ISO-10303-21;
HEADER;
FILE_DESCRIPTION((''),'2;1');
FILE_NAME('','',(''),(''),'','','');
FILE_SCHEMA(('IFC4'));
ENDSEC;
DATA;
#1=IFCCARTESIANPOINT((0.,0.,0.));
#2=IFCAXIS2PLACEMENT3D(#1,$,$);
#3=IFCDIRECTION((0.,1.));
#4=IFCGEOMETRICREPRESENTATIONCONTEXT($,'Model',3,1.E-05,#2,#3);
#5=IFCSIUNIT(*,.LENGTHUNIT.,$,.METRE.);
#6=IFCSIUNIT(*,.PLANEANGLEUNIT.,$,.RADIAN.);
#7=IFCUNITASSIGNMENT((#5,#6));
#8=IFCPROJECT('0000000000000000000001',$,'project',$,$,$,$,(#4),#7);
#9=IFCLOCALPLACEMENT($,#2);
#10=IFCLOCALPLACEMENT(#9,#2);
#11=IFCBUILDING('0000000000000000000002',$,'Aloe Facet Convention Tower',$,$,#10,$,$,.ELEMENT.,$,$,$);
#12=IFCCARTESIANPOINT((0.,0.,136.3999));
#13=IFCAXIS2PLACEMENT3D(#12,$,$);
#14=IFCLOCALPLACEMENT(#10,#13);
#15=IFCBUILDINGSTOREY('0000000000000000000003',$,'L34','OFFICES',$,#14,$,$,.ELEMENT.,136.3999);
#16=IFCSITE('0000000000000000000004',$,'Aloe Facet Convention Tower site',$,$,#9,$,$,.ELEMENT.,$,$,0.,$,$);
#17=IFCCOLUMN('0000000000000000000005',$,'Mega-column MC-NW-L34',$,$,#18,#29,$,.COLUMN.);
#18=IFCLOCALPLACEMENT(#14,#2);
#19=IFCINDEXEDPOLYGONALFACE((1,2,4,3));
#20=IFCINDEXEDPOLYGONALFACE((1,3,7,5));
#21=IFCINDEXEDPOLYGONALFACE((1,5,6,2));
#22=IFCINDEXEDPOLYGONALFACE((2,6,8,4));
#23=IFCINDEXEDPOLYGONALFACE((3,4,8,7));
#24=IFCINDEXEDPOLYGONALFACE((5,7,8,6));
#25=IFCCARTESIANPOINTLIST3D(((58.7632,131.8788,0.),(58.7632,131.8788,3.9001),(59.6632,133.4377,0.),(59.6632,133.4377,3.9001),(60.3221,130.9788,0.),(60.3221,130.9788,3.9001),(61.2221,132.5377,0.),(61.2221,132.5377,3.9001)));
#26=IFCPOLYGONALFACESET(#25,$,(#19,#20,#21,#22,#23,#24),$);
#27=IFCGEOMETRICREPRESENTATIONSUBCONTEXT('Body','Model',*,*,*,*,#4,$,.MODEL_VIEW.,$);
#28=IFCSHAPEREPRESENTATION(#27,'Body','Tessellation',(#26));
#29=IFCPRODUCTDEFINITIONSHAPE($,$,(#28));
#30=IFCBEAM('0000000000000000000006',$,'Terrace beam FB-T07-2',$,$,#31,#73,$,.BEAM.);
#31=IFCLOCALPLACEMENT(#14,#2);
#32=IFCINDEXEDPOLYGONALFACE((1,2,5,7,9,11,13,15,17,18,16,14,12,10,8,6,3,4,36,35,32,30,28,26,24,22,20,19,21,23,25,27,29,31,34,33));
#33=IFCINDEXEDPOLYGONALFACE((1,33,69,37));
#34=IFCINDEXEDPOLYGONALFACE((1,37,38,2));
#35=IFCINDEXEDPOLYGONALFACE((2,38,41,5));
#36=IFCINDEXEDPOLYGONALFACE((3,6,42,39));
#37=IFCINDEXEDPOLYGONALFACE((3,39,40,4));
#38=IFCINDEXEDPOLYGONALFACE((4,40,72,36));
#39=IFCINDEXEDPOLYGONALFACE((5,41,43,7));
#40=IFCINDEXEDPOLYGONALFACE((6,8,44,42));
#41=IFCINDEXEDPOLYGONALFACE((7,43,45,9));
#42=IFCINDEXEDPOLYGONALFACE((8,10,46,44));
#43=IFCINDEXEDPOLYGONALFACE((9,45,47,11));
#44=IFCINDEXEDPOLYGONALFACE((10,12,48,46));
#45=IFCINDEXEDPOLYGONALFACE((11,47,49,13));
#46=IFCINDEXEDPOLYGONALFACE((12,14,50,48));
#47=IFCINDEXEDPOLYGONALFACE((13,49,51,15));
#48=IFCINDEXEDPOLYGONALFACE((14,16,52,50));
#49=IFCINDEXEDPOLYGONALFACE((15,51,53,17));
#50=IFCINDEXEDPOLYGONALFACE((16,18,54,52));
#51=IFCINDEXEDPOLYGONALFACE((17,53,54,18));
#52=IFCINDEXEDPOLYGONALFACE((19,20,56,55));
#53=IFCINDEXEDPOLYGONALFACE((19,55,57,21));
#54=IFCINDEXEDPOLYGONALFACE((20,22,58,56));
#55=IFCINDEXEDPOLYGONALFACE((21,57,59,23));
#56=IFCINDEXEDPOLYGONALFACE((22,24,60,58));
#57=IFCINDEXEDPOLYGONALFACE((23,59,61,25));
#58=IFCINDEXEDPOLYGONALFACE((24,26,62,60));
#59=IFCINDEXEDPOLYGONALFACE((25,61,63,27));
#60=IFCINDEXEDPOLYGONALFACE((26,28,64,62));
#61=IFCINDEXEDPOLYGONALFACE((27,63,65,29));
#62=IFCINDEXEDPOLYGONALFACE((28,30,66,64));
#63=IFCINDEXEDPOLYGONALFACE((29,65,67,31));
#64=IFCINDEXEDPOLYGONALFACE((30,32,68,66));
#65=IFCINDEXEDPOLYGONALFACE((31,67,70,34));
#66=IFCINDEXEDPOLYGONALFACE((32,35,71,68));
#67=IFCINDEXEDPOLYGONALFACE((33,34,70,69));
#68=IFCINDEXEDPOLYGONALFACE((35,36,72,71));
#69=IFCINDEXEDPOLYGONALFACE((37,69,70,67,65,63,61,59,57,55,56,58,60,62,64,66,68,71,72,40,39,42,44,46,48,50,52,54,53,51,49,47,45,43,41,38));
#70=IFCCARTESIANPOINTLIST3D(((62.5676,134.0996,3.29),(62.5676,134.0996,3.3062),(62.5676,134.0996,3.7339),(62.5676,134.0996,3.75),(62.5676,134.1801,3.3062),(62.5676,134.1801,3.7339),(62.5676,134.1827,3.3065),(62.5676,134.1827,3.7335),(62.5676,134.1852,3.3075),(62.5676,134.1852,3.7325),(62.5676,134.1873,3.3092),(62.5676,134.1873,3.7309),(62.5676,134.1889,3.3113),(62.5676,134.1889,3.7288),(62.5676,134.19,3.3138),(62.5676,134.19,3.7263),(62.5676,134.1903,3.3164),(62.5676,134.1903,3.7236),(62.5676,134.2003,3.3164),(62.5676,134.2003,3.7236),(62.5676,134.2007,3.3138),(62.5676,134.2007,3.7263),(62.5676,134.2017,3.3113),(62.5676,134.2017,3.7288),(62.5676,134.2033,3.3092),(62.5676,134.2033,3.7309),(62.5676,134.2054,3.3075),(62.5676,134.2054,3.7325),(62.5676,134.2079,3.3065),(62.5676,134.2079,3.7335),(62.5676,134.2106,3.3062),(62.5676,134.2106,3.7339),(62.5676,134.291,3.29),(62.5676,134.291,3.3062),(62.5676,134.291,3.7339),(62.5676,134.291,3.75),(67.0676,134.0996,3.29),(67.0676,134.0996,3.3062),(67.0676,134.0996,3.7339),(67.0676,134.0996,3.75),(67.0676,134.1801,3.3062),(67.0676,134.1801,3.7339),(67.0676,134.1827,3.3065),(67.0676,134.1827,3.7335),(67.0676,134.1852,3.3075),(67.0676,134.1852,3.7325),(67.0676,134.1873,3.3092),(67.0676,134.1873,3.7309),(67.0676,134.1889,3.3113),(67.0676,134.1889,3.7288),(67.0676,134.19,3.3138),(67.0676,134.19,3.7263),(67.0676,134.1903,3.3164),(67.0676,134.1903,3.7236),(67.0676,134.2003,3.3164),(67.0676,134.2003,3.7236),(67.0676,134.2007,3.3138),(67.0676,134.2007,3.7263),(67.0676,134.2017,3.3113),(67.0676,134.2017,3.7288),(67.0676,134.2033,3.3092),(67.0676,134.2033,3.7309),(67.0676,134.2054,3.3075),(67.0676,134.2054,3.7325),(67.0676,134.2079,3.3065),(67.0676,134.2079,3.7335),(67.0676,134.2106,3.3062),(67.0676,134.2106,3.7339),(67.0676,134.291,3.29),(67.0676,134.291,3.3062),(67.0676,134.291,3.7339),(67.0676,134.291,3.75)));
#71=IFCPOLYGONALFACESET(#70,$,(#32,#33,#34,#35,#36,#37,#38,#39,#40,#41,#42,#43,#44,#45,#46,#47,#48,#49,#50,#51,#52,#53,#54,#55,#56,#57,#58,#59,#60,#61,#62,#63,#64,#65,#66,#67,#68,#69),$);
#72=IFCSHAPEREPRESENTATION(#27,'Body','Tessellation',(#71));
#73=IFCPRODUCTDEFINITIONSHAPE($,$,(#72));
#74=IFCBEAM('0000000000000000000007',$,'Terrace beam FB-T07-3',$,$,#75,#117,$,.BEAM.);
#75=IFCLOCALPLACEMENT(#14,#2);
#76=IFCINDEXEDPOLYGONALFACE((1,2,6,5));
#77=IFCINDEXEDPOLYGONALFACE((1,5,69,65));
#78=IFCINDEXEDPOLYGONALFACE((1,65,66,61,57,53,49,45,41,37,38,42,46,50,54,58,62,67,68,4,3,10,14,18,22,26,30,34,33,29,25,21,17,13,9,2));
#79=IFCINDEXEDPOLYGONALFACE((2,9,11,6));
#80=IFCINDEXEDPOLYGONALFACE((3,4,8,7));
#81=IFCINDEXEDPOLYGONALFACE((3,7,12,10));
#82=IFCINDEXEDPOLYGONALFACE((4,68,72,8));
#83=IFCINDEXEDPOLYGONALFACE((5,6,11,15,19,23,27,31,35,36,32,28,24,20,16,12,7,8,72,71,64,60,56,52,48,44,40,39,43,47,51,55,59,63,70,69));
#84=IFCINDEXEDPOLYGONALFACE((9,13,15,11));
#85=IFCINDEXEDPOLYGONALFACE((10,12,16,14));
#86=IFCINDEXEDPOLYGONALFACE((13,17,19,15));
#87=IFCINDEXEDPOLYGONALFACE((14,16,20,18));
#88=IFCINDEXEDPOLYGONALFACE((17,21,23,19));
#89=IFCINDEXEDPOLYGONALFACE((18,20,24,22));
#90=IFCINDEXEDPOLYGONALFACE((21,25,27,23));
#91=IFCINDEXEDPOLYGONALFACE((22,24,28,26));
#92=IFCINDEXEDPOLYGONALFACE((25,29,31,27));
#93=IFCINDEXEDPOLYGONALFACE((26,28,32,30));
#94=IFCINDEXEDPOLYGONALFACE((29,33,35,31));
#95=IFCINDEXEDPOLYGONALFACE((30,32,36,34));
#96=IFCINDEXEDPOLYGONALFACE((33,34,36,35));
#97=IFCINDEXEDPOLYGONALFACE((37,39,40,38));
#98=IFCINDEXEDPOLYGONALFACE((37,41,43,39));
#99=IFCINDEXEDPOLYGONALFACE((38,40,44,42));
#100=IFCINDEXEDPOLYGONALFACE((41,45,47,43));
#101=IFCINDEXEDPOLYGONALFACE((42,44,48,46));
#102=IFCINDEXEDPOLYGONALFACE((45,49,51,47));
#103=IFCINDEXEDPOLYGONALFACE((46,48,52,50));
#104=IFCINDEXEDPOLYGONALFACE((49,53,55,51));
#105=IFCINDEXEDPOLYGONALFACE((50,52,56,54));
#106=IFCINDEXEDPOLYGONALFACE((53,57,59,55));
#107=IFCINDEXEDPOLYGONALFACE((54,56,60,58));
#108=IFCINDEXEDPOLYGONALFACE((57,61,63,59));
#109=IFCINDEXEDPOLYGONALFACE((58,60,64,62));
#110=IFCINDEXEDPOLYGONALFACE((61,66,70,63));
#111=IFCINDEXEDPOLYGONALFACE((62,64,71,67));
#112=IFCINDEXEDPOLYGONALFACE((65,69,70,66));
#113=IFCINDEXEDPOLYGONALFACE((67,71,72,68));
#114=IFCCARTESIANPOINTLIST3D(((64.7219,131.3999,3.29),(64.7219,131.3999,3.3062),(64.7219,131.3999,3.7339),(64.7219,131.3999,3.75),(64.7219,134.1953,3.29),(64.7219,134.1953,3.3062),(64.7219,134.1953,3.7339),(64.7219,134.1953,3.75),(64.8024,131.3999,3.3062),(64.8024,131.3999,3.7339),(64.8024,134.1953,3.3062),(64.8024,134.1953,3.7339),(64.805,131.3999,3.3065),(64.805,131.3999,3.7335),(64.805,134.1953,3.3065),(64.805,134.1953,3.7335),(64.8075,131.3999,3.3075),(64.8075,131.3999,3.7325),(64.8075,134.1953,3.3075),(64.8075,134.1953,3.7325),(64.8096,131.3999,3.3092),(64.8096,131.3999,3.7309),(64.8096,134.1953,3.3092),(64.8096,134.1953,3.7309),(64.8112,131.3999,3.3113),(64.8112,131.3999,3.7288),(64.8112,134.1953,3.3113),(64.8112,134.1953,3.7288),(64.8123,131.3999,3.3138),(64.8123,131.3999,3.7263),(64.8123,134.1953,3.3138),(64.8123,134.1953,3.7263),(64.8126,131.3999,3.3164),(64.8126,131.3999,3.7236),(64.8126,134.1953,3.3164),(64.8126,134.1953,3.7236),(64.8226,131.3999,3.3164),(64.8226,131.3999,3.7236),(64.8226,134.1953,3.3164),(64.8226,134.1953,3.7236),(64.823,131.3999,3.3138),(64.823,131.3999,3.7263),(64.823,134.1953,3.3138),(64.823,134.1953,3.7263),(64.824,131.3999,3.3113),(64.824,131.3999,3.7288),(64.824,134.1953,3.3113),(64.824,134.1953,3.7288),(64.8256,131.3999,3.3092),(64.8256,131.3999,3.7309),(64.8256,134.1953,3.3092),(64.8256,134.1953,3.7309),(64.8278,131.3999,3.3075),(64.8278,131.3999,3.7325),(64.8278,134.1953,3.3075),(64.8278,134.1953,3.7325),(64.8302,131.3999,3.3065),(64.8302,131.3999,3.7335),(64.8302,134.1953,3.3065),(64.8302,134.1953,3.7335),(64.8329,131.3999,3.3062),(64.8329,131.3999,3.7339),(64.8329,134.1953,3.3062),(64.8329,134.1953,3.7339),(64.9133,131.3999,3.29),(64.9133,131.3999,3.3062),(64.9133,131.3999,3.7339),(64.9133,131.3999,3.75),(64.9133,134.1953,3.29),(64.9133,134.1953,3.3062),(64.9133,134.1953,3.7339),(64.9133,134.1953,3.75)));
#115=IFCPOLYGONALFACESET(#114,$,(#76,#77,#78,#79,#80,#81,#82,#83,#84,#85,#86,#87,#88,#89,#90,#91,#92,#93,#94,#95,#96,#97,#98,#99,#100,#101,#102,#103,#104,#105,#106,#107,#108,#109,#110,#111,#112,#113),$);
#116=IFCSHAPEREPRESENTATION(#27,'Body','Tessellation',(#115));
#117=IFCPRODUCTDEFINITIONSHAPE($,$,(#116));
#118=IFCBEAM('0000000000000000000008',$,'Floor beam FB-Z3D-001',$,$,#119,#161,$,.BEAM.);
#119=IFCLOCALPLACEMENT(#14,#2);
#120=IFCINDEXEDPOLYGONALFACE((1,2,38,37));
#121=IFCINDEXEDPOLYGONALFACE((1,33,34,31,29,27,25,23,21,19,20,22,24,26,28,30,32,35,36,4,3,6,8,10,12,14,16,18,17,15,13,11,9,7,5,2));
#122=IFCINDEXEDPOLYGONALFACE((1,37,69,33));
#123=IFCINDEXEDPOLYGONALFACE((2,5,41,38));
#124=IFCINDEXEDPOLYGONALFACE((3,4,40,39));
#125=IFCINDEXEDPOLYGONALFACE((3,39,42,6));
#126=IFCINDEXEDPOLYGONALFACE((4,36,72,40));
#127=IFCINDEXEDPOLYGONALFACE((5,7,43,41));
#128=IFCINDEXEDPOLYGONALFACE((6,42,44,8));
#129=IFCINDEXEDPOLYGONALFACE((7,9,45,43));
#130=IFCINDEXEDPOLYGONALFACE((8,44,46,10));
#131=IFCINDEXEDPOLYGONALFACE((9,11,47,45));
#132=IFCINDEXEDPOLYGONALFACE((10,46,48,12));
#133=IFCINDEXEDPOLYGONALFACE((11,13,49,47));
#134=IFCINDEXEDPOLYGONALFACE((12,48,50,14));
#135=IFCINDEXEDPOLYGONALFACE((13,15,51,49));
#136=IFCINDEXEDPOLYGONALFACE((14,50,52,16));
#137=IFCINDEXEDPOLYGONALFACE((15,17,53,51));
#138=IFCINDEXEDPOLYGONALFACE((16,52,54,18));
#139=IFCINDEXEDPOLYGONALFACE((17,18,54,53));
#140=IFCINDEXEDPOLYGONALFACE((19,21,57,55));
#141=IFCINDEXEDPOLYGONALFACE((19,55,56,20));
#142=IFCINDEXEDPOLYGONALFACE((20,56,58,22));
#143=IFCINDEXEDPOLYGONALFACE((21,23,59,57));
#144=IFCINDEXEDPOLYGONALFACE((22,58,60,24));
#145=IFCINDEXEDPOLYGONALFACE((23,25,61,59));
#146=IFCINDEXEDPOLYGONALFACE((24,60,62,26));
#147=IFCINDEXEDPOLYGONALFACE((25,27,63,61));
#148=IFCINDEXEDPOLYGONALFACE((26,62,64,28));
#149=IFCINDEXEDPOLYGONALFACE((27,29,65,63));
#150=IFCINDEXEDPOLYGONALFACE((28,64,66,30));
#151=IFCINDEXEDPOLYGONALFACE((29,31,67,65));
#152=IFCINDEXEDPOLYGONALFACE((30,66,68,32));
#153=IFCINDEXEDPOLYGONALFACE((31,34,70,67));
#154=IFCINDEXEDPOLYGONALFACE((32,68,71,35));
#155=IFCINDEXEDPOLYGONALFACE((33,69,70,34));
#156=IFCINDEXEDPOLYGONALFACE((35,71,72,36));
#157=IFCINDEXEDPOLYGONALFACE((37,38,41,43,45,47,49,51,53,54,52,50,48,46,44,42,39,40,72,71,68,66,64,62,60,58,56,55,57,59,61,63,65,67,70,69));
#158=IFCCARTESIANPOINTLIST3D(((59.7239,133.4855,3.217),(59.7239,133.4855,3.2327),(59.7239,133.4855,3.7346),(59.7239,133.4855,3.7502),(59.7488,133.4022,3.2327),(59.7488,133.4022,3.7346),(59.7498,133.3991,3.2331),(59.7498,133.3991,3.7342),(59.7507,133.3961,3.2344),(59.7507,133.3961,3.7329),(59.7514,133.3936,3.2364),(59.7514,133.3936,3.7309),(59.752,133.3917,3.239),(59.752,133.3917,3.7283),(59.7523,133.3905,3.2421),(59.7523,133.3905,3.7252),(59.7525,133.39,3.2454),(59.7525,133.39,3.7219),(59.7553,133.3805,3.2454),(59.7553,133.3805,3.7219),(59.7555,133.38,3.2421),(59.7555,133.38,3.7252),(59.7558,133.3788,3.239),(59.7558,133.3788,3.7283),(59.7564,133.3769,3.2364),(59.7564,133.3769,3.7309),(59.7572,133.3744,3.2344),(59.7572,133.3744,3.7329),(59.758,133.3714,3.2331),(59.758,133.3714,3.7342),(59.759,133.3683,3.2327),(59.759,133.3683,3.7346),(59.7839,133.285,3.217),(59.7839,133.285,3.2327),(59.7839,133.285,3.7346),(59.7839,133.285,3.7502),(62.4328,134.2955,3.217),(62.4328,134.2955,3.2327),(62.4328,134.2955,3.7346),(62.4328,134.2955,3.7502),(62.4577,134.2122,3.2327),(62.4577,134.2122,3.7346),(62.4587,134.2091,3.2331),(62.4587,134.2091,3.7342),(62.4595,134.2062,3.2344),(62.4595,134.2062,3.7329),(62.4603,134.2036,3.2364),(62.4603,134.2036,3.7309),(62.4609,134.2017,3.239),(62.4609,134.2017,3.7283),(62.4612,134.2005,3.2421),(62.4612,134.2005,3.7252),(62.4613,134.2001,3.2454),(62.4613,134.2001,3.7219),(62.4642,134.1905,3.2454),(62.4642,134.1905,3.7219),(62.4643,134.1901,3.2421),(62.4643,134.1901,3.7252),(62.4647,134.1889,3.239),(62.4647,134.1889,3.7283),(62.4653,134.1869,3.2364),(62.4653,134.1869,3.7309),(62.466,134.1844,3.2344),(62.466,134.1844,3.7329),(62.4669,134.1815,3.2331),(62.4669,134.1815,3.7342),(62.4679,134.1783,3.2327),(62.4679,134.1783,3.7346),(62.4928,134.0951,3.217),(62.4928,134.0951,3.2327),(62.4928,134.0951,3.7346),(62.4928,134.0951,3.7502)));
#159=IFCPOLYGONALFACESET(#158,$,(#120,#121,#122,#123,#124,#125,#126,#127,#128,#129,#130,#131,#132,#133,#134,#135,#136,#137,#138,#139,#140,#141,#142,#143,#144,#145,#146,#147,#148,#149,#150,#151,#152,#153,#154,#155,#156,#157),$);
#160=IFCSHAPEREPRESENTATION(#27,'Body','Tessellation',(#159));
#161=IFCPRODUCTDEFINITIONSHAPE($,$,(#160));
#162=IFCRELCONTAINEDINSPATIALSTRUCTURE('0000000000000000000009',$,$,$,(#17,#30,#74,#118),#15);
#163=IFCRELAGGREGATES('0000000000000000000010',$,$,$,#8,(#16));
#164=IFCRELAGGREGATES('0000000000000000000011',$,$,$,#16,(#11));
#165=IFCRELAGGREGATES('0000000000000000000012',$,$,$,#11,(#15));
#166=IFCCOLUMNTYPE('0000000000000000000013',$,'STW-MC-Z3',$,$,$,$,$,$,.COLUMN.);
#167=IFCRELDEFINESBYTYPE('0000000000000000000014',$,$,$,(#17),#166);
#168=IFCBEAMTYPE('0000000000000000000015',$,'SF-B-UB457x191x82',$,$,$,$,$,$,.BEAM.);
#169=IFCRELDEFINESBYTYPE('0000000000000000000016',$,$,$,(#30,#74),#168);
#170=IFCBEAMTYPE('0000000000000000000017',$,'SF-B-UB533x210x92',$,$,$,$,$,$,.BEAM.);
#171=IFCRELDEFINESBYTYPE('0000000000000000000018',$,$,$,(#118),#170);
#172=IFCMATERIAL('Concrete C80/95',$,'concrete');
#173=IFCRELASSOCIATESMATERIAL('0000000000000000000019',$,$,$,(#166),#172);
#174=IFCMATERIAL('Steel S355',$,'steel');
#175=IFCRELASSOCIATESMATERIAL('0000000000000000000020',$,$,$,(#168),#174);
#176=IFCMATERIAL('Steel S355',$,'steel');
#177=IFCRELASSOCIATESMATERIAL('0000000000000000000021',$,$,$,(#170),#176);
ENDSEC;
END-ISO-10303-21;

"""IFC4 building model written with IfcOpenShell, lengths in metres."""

from ifc_helpers import new_model, si_unit, direction, frame, origin, origin_2d, place, context, subcontext, project, spatial, rectangle, i_section, extrude, material, material_profile, profile_set, type_object, element, save


model = new_model("IFC4")

# Units and contexts
model_context = context("Model", 3, precision=1e-05, world=origin(), true_north=direction((0.0, 1.0)))
body_context = subcontext(model_context, "Body", "Model", "MODEL_VIEW")
ifc_project = project(units=[si_unit("LENGTHUNIT", "METRE"), si_unit("PLANEANGLEUNIT", "RADIAN")], contexts=[model_context])

# Site, building, storey
site_placement = place(None, origin())
site = spatial("IfcSite", under=ifc_project, at=site_placement, Name="Aloe Facet Convention Tower site", CompositionType="ELEMENT", RefElevation=0.0)
building_placement = place(site_placement, origin())
building = spatial("IfcBuilding", under=site, at=building_placement, Name="Aloe Facet Convention Tower", CompositionType="ELEMENT")
storey_placement = place(building_placement, frame((0.0, 0.0, 136.3999)))
storey = spatial("IfcBuildingStorey", under=building, at=storey_placement, Name="L34", Description="OFFICES", CompositionType="ELEMENT", Elevation=136.3999)

# Column
ifc_material_1 = material(Name="Concrete C80/95", Category="concrete")
ifc_material_profile_1 = material_profile(ifc_material_1, rectangle(XDim=1.8, YDim=1.8, at=origin_2d()), Name="STW-MC-Z3")
ifc_profile_set_1 = profile_set([ifc_material_profile_1], Name="Concrete C80/95")
column_type = type_object("IfcColumnType", Name="STW-MC-Z3", PredefinedType="COLUMN", material=ifc_profile_set_1)
column_placement = place(storey_placement, frame((59.9927, 132.2083, 0.0), z_axis=(0.0, 0.0, 1.0), x_axis=(-0.5, -0.866025, 0.0)))
element("IfcColumn", 1, at=column_placement, inside=storey, type_object=column_type, Name="Mega-column MC-NW-L34", PredefinedType="COLUMN", context=body_context, shape_type="SweptSolid", body=[
    extrude(rectangle(XDim=1.8, YDim=1.8, at=origin_2d()), origin(), (0.0, 0.0, 1.0), 3.9001),
])

# Beams
ifc_material_2 = material(Name="Steel S355", Category="steel")
ifc_material_profile_2 = material_profile(ifc_material_2, i_section(OverallWidth=0.1914, OverallDepth=0.46, WebThickness=0.01, FlangeThickness=0.0161, FilletRadius=0.0103, at=origin_2d()), Name="UB 457x191x82")
ifc_profile_set_2 = profile_set([ifc_material_profile_2], Name="Steel S355")
beam_type_1 = type_object("IfcBeamType", Name="SF-B-UB457x191x82", PredefinedType="BEAM", material=ifc_profile_set_2)
beam_1_placement = place(storey_placement, frame((62.5676, 134.1953, 3.52), z_axis=(1.0, 0.0, 0.0), x_axis=(0.0, 1.0, 0.0)))
element("IfcBeam", 2, at=beam_1_placement, inside=storey, type_object=beam_type_1, Name="Terrace beam FB-T07-2", PredefinedType="BEAM", context=body_context, shape_type="SweptSolid", body=[
    extrude(i_section(OverallWidth=0.1914, OverallDepth=0.46, WebThickness=0.01, FlangeThickness=0.0161, FilletRadius=0.0103, at=origin_2d()), origin(), (0.0, 0.0, 1.0), 4.5),
])
beam_2_placement = place(storey_placement, frame((64.8176, 131.3999, 3.52), z_axis=(0.0, 1.0, 0.0), x_axis=(-1.0, 0.0, 0.0)))
element("IfcBeam", 3, at=beam_2_placement, inside=storey, type_object=beam_type_1, Name="Terrace beam FB-T07-3", PredefinedType="BEAM", context=body_context, shape_type="SweptSolid", body=[
    extrude(i_section(OverallWidth=0.1914, OverallDepth=0.46, WebThickness=0.01, FlangeThickness=0.0161, FilletRadius=0.0103, at=origin_2d()), origin(), (0.0, 0.0, 1.0), 2.7954),
])
ifc_material_3 = material(Name="Steel S355", Category="steel")
ifc_material_profile_3 = material_profile(ifc_material_3, i_section(OverallWidth=0.2092, OverallDepth=0.5332, WebThickness=0.01, FlangeThickness=0.0156, FilletRadius=0.0127, at=origin_2d()), Name="UB 533x210x92")
ifc_profile_set_3 = profile_set([ifc_material_profile_3], Name="Steel S355")
beam_type_2 = type_object("IfcBeamType", Name="SF-B-UB533x210x92", PredefinedType="BEAM", material=ifc_profile_set_3)
beam_3_placement = place(storey_placement, frame((59.7539, 133.3853, 3.4836), z_axis=(0.958083, 0.286492, 0.0), x_axis=(-0.286492, 0.958083, 0.0)))
element("IfcBeam", 4, at=beam_3_placement, inside=storey, type_object=beam_type_2, Name="Floor beam FB-Z3D-001", PredefinedType="BEAM", context=body_context, shape_type="SweptSolid", body=[
    extrude(i_section(OverallWidth=0.2092, OverallDepth=0.5332, WebThickness=0.01, FlangeThickness=0.0156, FilletRadius=0.0127, at=origin_2d()), origin(), (0.0, 0.0, 1.0), 2.8274),
])

save(model, "model.ifc")
